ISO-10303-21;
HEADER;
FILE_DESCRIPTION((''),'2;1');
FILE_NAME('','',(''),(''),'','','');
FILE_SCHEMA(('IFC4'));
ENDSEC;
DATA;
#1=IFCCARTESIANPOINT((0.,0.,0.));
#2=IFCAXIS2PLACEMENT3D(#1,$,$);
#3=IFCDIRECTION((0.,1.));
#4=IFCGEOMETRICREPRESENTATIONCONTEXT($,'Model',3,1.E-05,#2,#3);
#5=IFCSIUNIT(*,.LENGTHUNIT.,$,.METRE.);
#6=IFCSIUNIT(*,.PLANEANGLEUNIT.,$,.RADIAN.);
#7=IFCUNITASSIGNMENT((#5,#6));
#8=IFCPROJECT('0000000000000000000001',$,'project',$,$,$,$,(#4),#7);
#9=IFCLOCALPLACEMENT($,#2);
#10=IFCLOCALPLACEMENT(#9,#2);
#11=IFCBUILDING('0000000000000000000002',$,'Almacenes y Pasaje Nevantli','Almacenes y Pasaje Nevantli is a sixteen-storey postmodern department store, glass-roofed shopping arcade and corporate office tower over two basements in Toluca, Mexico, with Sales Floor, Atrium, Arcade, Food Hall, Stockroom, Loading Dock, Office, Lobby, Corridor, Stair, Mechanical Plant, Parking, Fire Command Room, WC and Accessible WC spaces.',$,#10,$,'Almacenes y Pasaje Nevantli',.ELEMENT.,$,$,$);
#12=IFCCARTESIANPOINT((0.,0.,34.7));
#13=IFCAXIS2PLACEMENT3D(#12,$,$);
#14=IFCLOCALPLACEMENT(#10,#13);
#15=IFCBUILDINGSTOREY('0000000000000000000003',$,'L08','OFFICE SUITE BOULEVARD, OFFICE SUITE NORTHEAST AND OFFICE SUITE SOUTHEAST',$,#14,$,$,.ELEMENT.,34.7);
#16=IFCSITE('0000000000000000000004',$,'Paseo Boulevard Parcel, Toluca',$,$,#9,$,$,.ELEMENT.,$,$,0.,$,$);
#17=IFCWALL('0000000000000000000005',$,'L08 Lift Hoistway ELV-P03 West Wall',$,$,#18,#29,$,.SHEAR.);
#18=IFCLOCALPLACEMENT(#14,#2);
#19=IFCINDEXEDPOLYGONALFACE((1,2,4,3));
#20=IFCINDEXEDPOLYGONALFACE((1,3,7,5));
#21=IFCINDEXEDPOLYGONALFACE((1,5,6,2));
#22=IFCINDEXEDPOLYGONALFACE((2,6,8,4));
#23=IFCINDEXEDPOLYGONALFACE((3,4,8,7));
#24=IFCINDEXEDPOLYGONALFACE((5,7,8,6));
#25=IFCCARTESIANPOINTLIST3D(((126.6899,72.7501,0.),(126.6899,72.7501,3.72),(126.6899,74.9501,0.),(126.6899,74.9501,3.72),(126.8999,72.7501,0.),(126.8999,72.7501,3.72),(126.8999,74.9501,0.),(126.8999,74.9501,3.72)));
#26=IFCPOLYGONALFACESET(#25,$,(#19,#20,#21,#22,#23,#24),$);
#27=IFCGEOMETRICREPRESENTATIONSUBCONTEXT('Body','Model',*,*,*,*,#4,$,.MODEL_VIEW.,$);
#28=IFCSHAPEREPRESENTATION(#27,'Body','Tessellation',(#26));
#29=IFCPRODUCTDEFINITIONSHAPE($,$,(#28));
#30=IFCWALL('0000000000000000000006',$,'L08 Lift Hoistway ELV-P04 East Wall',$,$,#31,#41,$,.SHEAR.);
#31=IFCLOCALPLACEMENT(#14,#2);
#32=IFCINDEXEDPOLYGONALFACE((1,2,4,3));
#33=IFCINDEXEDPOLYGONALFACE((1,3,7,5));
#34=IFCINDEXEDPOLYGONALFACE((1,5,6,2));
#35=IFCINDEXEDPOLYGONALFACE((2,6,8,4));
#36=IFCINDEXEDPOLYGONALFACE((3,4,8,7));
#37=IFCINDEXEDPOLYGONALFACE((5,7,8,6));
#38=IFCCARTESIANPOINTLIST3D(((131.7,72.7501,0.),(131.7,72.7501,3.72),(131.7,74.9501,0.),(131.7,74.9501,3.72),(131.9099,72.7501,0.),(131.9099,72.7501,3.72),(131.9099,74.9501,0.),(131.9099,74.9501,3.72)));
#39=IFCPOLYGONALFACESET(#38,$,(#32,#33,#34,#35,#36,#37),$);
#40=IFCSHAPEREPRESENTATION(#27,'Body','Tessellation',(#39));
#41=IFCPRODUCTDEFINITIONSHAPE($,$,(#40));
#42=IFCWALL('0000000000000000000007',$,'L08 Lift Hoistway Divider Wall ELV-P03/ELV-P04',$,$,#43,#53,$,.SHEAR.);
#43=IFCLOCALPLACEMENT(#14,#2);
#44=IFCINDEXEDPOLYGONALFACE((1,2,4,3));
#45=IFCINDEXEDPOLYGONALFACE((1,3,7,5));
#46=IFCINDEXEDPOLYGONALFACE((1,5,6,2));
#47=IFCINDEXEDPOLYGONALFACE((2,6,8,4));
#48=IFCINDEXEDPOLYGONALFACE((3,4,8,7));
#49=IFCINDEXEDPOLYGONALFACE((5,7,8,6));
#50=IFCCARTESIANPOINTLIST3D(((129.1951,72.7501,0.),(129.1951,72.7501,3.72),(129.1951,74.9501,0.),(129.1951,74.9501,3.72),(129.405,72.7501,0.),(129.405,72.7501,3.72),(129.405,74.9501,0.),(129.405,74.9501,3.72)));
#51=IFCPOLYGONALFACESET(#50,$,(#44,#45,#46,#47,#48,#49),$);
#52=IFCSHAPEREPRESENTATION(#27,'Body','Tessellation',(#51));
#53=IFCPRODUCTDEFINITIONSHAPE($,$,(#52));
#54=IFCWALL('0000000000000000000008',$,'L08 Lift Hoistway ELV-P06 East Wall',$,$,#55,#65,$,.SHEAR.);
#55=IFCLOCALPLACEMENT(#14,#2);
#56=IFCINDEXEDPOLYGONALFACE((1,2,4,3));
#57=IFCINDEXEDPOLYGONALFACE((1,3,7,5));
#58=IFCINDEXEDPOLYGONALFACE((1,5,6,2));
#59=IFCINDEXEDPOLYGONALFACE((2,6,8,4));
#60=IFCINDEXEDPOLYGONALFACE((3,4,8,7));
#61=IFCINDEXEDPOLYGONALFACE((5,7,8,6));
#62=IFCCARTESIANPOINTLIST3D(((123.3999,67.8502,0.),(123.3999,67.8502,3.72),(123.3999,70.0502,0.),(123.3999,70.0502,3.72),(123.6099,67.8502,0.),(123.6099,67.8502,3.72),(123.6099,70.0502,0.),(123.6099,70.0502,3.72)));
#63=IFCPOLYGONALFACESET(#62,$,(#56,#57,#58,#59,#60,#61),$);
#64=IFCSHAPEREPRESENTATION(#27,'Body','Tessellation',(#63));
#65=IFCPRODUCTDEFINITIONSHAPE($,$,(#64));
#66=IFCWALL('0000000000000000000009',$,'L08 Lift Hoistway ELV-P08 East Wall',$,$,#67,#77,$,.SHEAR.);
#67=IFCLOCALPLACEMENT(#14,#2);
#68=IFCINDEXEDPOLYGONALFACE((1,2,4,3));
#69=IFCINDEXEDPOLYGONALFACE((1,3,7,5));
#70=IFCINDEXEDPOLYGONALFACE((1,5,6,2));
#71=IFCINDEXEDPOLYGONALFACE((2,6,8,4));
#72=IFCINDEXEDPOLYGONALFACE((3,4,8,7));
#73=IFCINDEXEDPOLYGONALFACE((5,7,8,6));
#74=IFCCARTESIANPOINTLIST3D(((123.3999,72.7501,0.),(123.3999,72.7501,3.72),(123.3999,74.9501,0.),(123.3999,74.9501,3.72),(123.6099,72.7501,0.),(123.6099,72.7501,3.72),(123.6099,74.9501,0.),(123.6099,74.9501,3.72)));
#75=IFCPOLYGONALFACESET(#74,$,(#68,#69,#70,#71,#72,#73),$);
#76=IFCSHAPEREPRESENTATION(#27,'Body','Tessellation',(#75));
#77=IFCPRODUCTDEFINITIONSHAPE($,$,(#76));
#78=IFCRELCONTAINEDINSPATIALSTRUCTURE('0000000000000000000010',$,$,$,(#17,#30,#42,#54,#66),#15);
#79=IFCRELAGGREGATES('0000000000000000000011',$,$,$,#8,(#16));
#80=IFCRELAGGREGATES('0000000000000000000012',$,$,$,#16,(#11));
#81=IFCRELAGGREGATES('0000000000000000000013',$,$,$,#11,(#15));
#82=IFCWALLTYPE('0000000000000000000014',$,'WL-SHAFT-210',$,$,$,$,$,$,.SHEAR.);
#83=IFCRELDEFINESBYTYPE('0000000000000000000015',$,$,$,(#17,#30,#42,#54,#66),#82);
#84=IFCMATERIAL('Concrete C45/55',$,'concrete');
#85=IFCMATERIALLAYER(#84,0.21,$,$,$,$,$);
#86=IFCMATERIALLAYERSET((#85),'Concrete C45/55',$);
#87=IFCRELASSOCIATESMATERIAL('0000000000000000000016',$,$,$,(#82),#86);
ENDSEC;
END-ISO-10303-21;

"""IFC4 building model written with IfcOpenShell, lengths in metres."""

from ifc_helpers import new_model, si_unit, direction, frame, frame_2d, origin, place, context, subcontext, project, spatial, rectangle, extrude, material, layer, layer_set, type_object, element, save


model = new_model("IFC4")

# Units and contexts
model_context = context("Model", 3, precision=1e-05, world=origin(), true_north=direction((0.0, 1.0)))
body_context = subcontext(model_context, "Body", "Model", "MODEL_VIEW")
ifc_project = project(units=[si_unit("LENGTHUNIT", "METRE"), si_unit("PLANEANGLEUNIT", "RADIAN")], contexts=[model_context])

# Site, building, storey
site_placement = place(None, origin())
site = spatial("IfcSite", under=ifc_project, at=site_placement, Name="Paseo Boulevard Parcel, Toluca", CompositionType="ELEMENT", RefElevation=0.0)
building_placement = place(site_placement, origin())
building = spatial("IfcBuilding", under=site, at=building_placement, Name="Almacenes y Pasaje Nevantli", Description="Almacenes y Pasaje Nevantli is a sixteen-storey postmodern department store, glass-roofed shopping arcade and corporate office tower over two basements in Toluca, Mexico, with Sales Floor, Atrium, Arcade, Food Hall, Stockroom, Loading Dock, Office, Lobby, Corridor, Stair, Mechanical Plant, Parking, Fire Command Room, WC and Accessible WC spaces.", LongName="Almacenes y Pasaje Nevantli", CompositionType="ELEMENT")
storey_placement = place(building_placement, frame((0.0, 0.0, 34.7)))
storey = spatial("IfcBuildingStorey", under=building, at=storey_placement, Name="L08", Description="OFFICE SUITE BOULEVARD, OFFICE SUITE NORTHEAST AND OFFICE SUITE SOUTHEAST", CompositionType="ELEMENT", Elevation=34.7)

# Shared definitions
ifc_material_1 = material(Name="Concrete C45/55", Category="concrete")
ifc_layer_1 = layer(ifc_material_1, 0.21)
ifc_layer_set_1 = layer_set([ifc_layer_1], Name="Concrete C45/55")
wall_type_1 = type_object("IfcWallType", Name="WL-SHAFT-210", PredefinedType="SHEAR", material=ifc_layer_set_1)

# Walls
for number, where, z_axis, x_axis, name in (
    (1, (126.7949, 72.75, 0.0), (0.0, 0.0, 1.0), (0.0, 1.0, 0.0), "L08 Lift Hoistway ELV-P03 West Wall"),
    (2, (131.8049, 72.75, 0.0), (0.0, 0.0, 1.0), (0.0, 1.0, 0.0), "L08 Lift Hoistway ELV-P04 East Wall"),
    (3, (129.3, 72.75, 0.0), (0.0, 0.0, 1.0), (0.0, 1.0, 0.0), "L08 Lift Hoistway Divider Wall ELV-P03/ELV-P04"),
    (4, (123.5049, 67.8501, 0.0), (0.0, 0.0, 1.0), (0.0, 1.0, 0.0), "L08 Lift Hoistway ELV-P06 East Wall"),
    (5, (123.5049, 72.75, 0.0), (0.0, 0.0, 1.0), (0.0, 1.0, 0.0), "L08 Lift Hoistway ELV-P08 East Wall"),
):
    element("IfcWall", number, at=place(storey_placement, frame(where, z_axis=z_axis, x_axis=x_axis)), inside=storey, type_object=wall_type_1, Name=name, PredefinedType="SHEAR", context=body_context, shape_type="SweptSolid", body=[
        extrude(rectangle(XDim=2.2, YDim=0.21, at=frame_2d((1.1001, 0.0))), origin(), (0.0, 0.0, 1.0), 3.72),
    ])

save(model, "model.ifc")
